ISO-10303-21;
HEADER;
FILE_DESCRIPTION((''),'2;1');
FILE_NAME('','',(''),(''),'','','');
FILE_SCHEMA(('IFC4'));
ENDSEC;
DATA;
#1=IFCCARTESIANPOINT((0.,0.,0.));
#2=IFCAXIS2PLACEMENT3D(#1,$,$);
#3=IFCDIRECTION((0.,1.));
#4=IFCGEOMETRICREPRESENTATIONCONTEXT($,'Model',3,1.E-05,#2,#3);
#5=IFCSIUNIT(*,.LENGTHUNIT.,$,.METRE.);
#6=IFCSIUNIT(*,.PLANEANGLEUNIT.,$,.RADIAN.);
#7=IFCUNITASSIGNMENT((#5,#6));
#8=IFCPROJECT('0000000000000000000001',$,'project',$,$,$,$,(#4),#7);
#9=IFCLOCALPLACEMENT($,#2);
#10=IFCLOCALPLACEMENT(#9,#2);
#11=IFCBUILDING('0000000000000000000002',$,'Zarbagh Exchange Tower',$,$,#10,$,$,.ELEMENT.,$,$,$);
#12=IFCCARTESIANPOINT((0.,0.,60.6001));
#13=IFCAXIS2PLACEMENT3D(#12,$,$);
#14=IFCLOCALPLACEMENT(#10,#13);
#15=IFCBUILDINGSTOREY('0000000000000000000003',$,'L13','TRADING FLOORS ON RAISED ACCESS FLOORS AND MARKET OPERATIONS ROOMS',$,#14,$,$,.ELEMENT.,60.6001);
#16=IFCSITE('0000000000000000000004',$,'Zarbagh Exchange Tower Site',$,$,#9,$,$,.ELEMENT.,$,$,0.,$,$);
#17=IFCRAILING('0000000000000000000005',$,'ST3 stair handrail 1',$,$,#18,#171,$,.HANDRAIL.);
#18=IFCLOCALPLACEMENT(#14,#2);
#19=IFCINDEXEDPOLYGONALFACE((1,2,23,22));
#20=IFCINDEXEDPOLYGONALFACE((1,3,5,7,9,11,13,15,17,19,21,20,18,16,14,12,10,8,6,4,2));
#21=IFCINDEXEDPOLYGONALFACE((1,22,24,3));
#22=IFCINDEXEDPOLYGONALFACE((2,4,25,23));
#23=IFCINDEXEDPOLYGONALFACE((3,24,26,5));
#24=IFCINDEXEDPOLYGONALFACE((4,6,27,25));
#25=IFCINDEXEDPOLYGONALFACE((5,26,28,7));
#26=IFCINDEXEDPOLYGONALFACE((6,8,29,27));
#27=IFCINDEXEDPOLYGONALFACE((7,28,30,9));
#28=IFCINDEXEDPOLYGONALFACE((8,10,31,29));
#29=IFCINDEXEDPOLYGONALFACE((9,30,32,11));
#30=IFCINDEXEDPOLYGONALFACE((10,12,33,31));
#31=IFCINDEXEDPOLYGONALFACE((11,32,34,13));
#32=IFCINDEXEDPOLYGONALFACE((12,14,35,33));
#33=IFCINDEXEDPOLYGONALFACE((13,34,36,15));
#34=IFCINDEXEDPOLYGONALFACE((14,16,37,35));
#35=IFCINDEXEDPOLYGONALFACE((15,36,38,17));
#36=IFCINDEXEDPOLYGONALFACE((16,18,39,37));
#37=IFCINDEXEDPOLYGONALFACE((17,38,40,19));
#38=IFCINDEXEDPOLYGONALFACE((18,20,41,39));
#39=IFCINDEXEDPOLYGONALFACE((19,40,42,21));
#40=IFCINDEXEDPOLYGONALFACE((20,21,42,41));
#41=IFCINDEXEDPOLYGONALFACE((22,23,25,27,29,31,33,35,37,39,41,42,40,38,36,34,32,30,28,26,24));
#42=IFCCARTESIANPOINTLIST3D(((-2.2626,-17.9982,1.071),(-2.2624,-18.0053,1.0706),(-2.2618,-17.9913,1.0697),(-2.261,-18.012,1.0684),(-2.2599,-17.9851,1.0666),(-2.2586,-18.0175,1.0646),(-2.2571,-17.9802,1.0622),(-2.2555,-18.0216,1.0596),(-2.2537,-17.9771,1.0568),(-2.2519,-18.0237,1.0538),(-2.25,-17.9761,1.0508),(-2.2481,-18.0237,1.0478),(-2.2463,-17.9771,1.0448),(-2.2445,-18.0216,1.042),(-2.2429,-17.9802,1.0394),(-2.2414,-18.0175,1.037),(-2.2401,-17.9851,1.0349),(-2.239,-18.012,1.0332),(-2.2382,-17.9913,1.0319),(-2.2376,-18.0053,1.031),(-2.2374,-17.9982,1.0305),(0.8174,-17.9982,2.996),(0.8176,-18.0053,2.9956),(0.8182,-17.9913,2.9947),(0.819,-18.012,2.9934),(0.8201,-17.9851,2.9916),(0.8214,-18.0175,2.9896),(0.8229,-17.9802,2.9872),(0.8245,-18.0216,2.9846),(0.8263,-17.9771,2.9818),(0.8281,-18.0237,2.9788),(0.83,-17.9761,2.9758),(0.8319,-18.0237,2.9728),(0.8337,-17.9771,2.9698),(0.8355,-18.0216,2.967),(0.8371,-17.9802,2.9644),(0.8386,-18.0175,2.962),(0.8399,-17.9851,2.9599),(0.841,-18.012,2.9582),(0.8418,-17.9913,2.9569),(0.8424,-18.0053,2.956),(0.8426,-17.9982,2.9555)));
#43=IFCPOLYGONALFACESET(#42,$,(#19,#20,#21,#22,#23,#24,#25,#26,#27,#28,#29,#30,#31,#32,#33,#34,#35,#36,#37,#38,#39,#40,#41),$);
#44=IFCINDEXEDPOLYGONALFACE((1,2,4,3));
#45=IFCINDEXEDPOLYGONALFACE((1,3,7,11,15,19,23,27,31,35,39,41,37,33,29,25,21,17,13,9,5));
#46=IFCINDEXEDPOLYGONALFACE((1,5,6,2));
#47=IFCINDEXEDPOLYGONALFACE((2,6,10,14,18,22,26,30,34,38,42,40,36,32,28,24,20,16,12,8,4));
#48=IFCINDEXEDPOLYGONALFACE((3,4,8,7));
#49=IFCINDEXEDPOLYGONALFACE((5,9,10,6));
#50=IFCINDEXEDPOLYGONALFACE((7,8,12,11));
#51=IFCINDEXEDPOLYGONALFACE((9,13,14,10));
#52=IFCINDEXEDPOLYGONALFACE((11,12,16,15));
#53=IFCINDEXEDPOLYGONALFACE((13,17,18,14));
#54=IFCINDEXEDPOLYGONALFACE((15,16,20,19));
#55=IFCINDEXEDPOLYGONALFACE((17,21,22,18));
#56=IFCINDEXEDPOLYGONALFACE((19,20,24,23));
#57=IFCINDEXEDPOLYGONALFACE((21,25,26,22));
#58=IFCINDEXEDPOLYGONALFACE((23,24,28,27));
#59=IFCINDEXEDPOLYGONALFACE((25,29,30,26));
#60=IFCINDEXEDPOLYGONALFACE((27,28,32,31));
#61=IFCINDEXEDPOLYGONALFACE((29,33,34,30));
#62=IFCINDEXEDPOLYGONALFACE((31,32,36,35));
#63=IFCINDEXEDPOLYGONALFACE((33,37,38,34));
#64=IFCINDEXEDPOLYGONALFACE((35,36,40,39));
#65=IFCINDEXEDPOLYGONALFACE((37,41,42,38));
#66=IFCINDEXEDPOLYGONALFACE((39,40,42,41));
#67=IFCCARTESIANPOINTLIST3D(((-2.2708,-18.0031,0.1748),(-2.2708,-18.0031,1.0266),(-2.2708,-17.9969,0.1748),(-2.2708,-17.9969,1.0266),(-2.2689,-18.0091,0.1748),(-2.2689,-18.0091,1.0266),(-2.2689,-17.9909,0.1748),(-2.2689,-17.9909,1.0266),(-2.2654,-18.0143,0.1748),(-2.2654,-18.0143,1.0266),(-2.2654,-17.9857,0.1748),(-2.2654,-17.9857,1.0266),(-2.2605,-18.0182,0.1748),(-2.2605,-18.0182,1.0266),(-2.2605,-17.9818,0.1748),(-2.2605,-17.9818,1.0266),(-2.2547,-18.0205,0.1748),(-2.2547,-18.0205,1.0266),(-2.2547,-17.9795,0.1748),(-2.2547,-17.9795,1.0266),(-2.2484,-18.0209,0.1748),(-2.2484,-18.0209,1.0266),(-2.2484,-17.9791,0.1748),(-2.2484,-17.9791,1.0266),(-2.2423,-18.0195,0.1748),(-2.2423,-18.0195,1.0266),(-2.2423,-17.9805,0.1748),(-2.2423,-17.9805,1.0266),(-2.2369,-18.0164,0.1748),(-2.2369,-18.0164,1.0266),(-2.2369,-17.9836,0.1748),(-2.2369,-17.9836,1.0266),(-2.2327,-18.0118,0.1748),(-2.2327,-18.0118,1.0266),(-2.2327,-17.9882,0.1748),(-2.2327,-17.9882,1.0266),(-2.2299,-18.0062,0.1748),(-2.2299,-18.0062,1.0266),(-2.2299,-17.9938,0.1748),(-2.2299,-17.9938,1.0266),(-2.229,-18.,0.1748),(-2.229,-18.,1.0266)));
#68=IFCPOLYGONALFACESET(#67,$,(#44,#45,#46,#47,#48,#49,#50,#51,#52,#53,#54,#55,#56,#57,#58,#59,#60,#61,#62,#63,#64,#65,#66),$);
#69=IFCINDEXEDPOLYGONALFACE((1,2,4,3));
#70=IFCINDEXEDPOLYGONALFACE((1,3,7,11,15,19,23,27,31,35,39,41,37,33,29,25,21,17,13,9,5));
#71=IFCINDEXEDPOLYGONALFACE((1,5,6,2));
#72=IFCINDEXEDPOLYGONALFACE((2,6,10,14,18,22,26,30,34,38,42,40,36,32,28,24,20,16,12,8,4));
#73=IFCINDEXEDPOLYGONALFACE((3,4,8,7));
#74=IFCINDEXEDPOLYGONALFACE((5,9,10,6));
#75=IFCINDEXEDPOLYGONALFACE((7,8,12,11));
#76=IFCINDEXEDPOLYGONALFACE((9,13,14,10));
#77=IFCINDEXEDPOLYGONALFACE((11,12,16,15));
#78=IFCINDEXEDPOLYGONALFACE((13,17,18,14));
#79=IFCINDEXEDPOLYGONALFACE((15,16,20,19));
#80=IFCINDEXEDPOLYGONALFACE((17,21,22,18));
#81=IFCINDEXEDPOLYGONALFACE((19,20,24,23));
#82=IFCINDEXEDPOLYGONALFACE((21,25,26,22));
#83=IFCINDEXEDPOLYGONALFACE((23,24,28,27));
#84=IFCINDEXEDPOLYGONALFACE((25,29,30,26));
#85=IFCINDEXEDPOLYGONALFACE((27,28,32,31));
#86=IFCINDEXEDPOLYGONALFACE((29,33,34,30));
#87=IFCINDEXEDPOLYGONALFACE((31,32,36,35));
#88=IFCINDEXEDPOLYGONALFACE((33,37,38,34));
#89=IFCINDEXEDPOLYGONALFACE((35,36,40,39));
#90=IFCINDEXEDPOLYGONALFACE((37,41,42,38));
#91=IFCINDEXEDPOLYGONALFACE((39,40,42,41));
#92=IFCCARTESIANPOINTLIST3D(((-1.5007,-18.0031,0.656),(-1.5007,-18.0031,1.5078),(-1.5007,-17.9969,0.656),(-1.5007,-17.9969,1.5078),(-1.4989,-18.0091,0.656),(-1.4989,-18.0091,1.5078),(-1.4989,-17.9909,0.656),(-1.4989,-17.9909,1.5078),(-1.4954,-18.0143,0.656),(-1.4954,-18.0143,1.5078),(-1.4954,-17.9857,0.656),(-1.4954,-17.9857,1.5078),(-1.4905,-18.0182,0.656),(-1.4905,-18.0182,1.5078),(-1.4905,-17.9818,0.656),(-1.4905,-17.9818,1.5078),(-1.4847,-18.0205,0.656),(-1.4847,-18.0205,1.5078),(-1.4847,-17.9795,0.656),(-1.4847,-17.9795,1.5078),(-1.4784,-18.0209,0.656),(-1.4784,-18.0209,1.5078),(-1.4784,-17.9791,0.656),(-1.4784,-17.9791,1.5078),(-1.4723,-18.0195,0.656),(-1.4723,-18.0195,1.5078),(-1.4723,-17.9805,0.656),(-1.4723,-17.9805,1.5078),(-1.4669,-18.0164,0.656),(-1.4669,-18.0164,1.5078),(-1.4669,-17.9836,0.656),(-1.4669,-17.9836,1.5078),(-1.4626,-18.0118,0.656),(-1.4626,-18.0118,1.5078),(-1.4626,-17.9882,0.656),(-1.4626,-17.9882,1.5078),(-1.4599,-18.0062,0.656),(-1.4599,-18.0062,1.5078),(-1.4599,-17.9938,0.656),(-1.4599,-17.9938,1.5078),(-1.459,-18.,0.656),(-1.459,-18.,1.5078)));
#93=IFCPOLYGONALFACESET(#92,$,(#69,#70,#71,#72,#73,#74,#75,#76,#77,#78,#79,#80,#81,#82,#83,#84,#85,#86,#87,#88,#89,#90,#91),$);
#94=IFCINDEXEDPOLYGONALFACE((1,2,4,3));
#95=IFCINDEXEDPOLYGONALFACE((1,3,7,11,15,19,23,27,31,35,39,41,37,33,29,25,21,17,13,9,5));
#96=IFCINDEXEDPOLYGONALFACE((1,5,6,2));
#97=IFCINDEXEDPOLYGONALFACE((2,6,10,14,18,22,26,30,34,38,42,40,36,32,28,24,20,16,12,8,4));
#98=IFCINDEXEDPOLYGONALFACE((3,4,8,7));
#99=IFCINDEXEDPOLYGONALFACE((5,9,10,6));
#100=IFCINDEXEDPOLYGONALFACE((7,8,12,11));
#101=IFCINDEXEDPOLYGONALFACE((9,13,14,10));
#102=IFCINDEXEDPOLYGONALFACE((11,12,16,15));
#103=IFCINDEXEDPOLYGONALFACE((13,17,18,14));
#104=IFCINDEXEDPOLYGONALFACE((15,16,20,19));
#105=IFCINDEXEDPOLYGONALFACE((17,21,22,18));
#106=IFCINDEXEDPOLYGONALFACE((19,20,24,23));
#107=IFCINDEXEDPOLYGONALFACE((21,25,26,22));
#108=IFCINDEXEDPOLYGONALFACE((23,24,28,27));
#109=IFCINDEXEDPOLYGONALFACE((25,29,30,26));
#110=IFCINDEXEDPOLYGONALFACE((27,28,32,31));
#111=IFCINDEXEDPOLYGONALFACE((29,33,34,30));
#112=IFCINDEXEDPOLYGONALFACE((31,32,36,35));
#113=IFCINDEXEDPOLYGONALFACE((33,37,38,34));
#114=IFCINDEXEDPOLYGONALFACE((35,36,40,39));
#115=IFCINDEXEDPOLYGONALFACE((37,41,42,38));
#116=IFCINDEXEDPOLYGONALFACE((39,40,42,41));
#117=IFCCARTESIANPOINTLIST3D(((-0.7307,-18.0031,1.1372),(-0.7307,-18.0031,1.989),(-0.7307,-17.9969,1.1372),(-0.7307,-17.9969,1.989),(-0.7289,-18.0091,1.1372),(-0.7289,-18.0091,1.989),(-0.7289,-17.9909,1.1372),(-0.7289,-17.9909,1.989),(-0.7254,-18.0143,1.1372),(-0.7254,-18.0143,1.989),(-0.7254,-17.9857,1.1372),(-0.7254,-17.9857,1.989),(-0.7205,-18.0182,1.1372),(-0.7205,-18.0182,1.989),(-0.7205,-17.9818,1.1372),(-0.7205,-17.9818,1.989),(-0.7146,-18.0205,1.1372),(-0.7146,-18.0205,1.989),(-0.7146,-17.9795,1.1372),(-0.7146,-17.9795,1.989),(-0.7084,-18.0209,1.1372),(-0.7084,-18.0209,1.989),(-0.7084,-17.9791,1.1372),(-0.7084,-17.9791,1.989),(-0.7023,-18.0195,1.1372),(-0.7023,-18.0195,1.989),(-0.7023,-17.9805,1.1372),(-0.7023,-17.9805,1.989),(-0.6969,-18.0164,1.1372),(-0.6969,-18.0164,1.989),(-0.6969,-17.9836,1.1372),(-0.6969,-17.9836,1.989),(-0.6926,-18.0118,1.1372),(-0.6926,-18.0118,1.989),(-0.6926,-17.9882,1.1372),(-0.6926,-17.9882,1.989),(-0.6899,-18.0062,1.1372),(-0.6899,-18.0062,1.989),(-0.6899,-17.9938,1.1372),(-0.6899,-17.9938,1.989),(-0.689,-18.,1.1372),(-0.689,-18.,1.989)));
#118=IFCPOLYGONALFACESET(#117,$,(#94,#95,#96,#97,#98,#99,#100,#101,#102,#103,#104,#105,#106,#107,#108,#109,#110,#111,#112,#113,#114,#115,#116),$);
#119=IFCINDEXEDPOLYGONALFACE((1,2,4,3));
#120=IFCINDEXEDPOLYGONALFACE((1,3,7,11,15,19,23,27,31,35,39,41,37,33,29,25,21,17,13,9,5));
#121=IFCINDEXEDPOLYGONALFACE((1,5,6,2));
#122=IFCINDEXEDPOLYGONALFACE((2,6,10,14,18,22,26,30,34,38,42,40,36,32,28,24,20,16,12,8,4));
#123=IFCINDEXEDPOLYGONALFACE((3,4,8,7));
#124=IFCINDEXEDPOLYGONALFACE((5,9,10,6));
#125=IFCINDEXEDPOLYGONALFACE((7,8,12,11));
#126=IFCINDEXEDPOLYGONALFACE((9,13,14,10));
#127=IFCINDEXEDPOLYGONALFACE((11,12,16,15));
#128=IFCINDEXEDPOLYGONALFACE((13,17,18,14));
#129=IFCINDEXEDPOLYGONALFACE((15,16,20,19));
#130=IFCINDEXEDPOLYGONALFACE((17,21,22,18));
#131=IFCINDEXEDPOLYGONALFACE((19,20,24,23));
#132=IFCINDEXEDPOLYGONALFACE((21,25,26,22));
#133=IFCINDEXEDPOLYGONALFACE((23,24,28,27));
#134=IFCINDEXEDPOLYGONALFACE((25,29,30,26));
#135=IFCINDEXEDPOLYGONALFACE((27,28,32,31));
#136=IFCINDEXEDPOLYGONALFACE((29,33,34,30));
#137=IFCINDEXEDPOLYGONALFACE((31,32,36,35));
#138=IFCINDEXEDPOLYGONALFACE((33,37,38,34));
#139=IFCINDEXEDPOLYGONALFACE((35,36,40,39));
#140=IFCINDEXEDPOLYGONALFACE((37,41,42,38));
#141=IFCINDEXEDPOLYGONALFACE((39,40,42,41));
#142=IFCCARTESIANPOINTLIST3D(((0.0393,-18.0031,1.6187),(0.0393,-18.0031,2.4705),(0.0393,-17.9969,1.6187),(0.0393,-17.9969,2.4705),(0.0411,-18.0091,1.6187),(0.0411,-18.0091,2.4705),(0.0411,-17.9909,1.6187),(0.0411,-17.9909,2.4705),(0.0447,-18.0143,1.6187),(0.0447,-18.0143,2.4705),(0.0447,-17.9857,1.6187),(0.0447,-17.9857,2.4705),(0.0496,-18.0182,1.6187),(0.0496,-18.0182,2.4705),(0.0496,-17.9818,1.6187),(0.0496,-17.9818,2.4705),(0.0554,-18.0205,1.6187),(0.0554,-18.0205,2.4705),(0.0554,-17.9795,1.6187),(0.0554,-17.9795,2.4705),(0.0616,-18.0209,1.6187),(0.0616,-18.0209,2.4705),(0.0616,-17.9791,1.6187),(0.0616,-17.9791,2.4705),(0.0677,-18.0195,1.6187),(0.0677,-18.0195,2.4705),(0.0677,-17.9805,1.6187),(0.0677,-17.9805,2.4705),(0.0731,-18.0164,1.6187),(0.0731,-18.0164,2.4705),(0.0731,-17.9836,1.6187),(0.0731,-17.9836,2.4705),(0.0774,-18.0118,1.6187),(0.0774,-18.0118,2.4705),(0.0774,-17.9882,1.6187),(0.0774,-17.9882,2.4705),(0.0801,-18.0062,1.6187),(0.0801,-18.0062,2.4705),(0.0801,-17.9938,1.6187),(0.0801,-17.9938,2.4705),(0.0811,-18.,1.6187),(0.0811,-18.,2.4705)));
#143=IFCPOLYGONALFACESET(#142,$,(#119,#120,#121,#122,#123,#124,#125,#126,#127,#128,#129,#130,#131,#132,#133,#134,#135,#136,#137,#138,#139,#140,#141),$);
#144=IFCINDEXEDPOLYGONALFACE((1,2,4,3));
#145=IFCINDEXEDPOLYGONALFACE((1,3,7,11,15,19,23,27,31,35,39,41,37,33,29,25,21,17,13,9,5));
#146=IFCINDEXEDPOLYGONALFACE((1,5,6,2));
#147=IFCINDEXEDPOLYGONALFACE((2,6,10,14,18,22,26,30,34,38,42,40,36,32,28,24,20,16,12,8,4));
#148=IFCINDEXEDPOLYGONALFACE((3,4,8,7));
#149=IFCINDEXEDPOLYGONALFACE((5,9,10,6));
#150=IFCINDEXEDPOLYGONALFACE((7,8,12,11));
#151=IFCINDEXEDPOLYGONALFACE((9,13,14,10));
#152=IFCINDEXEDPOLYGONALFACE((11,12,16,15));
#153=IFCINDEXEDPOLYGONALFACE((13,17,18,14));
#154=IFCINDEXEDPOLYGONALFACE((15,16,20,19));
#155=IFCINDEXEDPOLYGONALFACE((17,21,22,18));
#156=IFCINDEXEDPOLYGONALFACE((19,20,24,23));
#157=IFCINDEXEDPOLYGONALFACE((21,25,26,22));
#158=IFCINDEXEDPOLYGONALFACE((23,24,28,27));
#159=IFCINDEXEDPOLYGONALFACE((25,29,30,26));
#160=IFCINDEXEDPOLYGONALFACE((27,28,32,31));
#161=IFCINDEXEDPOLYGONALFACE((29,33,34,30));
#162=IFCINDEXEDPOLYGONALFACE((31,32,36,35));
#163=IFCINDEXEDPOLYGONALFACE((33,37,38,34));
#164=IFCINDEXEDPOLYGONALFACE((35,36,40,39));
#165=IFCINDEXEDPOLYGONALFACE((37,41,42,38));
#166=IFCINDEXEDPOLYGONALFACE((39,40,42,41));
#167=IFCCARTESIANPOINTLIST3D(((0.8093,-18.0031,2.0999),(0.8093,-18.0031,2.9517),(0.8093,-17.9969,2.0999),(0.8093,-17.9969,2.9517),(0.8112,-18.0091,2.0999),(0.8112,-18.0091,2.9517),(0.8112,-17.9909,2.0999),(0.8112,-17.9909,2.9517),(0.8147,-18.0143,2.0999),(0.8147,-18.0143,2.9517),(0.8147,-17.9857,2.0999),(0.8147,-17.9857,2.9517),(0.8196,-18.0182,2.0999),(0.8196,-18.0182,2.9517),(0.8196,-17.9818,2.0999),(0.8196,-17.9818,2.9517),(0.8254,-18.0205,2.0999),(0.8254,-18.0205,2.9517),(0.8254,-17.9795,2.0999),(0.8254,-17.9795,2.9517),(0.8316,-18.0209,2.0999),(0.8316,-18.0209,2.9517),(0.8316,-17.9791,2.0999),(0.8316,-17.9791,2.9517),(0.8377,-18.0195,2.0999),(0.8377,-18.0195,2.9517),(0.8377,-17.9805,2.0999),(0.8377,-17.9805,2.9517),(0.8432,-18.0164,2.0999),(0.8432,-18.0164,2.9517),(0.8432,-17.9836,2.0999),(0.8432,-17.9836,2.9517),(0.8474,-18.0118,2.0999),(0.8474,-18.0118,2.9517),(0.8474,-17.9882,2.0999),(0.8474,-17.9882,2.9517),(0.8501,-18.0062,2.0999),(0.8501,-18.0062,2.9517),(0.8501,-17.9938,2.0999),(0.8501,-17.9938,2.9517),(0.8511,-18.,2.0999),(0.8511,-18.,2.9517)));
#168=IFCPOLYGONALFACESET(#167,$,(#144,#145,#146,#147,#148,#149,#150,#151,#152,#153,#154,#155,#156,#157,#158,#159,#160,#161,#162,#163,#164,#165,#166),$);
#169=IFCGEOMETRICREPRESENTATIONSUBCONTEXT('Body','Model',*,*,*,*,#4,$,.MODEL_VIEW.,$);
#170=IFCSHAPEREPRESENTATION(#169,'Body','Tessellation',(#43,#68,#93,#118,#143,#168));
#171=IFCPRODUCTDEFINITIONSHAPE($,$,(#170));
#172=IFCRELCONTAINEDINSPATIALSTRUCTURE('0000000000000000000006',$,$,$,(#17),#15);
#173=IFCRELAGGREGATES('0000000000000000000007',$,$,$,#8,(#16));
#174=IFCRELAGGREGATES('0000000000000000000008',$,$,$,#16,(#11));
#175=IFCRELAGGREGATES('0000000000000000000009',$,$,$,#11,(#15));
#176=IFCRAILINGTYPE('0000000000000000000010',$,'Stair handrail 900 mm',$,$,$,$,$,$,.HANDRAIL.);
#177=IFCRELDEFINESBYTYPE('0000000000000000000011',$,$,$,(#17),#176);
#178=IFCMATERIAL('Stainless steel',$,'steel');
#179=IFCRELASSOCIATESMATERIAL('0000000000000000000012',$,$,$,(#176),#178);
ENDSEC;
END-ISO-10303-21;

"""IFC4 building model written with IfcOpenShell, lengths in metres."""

from ifc_helpers import new_model, si_unit, direction, frame, origin, origin_2d, place, context, subcontext, project, spatial, circle, extrude, material, type_object, element, save


model = new_model("IFC4")

# Units and contexts
model_context = context("Model", 3, precision=1e-05, world=origin(), true_north=direction((0.0, 1.0)))
body_context = subcontext(model_context, "Body", "Model", "MODEL_VIEW")
ifc_project = project(units=[si_unit("LENGTHUNIT", "METRE"), si_unit("PLANEANGLEUNIT", "RADIAN")], contexts=[model_context])

# Site, building, storey
site_placement = place(None, origin())
site = spatial("IfcSite", under=ifc_project, at=site_placement, Name="Zarbagh Exchange Tower Site", CompositionType="ELEMENT", RefElevation=0.0)
building_placement = place(site_placement, origin())
building = spatial("IfcBuilding", under=site, at=building_placement, Name="Zarbagh Exchange Tower", CompositionType="ELEMENT")
storey_placement = place(building_placement, frame((0.0, 0.0, 60.6001)))
storey = spatial("IfcBuildingStorey", under=building, at=storey_placement, Name="L13", Description="TRADING FLOORS ON RAISED ACCESS FLOORS AND MARKET OPERATIONS ROOMS", CompositionType="ELEMENT", Elevation=60.6001)

# Shared definitions
ifc_material_1 = material(Name="Stainless steel", Category="steel")

# Railing
railing_type_1 = type_object("IfcRailingType", Name="Stair handrail 900 mm", PredefinedType="HANDRAIL", material=ifc_material_1)
for number, where, name in (
    (1, (-2.25, -18.0, 0.1748), "ST3 stair handrail 1"),
):
    element("IfcRailing", number, at=place(storey_placement, frame(where)), inside=storey, type_object=railing_type_1, Name=name, PredefinedType="HANDRAIL", context=body_context, shape_type="SweptSolid", body=[
        extrude(circle(Radius=0.0239, at=origin_2d()), frame((0.0, 0.0, 0.876), z_axis=(0.847998, 0.0, 0.529999), x_axis=(0.0, 1.0, 0.0)), (0.0, 0.0, 1.0), 3.6321),
        extrude(circle(Radius=0.021, at=origin_2d()), origin(), (0.0, 0.0, 1.0), 0.8518),
        extrude(circle(Radius=0.021, at=origin_2d()), frame((0.77, 0.0, 0.4812)), (0.0, 0.0, 1.0), 0.8518),
        extrude(circle(Radius=0.021, at=origin_2d()), frame((1.54, 0.0, 0.9624)), (0.0, 0.0, 1.0), 0.8518),
        extrude(circle(Radius=0.021, at=origin_2d()), frame((2.3101, 0.0, 1.4438)), (0.0, 0.0, 1.0), 0.8518),
        extrude(circle(Radius=0.021, at=origin_2d()), frame((3.0801, 0.0, 1.925)), (0.0, 0.0, 1.0), 0.8518),
    ])

save(model, "model.ifc")
